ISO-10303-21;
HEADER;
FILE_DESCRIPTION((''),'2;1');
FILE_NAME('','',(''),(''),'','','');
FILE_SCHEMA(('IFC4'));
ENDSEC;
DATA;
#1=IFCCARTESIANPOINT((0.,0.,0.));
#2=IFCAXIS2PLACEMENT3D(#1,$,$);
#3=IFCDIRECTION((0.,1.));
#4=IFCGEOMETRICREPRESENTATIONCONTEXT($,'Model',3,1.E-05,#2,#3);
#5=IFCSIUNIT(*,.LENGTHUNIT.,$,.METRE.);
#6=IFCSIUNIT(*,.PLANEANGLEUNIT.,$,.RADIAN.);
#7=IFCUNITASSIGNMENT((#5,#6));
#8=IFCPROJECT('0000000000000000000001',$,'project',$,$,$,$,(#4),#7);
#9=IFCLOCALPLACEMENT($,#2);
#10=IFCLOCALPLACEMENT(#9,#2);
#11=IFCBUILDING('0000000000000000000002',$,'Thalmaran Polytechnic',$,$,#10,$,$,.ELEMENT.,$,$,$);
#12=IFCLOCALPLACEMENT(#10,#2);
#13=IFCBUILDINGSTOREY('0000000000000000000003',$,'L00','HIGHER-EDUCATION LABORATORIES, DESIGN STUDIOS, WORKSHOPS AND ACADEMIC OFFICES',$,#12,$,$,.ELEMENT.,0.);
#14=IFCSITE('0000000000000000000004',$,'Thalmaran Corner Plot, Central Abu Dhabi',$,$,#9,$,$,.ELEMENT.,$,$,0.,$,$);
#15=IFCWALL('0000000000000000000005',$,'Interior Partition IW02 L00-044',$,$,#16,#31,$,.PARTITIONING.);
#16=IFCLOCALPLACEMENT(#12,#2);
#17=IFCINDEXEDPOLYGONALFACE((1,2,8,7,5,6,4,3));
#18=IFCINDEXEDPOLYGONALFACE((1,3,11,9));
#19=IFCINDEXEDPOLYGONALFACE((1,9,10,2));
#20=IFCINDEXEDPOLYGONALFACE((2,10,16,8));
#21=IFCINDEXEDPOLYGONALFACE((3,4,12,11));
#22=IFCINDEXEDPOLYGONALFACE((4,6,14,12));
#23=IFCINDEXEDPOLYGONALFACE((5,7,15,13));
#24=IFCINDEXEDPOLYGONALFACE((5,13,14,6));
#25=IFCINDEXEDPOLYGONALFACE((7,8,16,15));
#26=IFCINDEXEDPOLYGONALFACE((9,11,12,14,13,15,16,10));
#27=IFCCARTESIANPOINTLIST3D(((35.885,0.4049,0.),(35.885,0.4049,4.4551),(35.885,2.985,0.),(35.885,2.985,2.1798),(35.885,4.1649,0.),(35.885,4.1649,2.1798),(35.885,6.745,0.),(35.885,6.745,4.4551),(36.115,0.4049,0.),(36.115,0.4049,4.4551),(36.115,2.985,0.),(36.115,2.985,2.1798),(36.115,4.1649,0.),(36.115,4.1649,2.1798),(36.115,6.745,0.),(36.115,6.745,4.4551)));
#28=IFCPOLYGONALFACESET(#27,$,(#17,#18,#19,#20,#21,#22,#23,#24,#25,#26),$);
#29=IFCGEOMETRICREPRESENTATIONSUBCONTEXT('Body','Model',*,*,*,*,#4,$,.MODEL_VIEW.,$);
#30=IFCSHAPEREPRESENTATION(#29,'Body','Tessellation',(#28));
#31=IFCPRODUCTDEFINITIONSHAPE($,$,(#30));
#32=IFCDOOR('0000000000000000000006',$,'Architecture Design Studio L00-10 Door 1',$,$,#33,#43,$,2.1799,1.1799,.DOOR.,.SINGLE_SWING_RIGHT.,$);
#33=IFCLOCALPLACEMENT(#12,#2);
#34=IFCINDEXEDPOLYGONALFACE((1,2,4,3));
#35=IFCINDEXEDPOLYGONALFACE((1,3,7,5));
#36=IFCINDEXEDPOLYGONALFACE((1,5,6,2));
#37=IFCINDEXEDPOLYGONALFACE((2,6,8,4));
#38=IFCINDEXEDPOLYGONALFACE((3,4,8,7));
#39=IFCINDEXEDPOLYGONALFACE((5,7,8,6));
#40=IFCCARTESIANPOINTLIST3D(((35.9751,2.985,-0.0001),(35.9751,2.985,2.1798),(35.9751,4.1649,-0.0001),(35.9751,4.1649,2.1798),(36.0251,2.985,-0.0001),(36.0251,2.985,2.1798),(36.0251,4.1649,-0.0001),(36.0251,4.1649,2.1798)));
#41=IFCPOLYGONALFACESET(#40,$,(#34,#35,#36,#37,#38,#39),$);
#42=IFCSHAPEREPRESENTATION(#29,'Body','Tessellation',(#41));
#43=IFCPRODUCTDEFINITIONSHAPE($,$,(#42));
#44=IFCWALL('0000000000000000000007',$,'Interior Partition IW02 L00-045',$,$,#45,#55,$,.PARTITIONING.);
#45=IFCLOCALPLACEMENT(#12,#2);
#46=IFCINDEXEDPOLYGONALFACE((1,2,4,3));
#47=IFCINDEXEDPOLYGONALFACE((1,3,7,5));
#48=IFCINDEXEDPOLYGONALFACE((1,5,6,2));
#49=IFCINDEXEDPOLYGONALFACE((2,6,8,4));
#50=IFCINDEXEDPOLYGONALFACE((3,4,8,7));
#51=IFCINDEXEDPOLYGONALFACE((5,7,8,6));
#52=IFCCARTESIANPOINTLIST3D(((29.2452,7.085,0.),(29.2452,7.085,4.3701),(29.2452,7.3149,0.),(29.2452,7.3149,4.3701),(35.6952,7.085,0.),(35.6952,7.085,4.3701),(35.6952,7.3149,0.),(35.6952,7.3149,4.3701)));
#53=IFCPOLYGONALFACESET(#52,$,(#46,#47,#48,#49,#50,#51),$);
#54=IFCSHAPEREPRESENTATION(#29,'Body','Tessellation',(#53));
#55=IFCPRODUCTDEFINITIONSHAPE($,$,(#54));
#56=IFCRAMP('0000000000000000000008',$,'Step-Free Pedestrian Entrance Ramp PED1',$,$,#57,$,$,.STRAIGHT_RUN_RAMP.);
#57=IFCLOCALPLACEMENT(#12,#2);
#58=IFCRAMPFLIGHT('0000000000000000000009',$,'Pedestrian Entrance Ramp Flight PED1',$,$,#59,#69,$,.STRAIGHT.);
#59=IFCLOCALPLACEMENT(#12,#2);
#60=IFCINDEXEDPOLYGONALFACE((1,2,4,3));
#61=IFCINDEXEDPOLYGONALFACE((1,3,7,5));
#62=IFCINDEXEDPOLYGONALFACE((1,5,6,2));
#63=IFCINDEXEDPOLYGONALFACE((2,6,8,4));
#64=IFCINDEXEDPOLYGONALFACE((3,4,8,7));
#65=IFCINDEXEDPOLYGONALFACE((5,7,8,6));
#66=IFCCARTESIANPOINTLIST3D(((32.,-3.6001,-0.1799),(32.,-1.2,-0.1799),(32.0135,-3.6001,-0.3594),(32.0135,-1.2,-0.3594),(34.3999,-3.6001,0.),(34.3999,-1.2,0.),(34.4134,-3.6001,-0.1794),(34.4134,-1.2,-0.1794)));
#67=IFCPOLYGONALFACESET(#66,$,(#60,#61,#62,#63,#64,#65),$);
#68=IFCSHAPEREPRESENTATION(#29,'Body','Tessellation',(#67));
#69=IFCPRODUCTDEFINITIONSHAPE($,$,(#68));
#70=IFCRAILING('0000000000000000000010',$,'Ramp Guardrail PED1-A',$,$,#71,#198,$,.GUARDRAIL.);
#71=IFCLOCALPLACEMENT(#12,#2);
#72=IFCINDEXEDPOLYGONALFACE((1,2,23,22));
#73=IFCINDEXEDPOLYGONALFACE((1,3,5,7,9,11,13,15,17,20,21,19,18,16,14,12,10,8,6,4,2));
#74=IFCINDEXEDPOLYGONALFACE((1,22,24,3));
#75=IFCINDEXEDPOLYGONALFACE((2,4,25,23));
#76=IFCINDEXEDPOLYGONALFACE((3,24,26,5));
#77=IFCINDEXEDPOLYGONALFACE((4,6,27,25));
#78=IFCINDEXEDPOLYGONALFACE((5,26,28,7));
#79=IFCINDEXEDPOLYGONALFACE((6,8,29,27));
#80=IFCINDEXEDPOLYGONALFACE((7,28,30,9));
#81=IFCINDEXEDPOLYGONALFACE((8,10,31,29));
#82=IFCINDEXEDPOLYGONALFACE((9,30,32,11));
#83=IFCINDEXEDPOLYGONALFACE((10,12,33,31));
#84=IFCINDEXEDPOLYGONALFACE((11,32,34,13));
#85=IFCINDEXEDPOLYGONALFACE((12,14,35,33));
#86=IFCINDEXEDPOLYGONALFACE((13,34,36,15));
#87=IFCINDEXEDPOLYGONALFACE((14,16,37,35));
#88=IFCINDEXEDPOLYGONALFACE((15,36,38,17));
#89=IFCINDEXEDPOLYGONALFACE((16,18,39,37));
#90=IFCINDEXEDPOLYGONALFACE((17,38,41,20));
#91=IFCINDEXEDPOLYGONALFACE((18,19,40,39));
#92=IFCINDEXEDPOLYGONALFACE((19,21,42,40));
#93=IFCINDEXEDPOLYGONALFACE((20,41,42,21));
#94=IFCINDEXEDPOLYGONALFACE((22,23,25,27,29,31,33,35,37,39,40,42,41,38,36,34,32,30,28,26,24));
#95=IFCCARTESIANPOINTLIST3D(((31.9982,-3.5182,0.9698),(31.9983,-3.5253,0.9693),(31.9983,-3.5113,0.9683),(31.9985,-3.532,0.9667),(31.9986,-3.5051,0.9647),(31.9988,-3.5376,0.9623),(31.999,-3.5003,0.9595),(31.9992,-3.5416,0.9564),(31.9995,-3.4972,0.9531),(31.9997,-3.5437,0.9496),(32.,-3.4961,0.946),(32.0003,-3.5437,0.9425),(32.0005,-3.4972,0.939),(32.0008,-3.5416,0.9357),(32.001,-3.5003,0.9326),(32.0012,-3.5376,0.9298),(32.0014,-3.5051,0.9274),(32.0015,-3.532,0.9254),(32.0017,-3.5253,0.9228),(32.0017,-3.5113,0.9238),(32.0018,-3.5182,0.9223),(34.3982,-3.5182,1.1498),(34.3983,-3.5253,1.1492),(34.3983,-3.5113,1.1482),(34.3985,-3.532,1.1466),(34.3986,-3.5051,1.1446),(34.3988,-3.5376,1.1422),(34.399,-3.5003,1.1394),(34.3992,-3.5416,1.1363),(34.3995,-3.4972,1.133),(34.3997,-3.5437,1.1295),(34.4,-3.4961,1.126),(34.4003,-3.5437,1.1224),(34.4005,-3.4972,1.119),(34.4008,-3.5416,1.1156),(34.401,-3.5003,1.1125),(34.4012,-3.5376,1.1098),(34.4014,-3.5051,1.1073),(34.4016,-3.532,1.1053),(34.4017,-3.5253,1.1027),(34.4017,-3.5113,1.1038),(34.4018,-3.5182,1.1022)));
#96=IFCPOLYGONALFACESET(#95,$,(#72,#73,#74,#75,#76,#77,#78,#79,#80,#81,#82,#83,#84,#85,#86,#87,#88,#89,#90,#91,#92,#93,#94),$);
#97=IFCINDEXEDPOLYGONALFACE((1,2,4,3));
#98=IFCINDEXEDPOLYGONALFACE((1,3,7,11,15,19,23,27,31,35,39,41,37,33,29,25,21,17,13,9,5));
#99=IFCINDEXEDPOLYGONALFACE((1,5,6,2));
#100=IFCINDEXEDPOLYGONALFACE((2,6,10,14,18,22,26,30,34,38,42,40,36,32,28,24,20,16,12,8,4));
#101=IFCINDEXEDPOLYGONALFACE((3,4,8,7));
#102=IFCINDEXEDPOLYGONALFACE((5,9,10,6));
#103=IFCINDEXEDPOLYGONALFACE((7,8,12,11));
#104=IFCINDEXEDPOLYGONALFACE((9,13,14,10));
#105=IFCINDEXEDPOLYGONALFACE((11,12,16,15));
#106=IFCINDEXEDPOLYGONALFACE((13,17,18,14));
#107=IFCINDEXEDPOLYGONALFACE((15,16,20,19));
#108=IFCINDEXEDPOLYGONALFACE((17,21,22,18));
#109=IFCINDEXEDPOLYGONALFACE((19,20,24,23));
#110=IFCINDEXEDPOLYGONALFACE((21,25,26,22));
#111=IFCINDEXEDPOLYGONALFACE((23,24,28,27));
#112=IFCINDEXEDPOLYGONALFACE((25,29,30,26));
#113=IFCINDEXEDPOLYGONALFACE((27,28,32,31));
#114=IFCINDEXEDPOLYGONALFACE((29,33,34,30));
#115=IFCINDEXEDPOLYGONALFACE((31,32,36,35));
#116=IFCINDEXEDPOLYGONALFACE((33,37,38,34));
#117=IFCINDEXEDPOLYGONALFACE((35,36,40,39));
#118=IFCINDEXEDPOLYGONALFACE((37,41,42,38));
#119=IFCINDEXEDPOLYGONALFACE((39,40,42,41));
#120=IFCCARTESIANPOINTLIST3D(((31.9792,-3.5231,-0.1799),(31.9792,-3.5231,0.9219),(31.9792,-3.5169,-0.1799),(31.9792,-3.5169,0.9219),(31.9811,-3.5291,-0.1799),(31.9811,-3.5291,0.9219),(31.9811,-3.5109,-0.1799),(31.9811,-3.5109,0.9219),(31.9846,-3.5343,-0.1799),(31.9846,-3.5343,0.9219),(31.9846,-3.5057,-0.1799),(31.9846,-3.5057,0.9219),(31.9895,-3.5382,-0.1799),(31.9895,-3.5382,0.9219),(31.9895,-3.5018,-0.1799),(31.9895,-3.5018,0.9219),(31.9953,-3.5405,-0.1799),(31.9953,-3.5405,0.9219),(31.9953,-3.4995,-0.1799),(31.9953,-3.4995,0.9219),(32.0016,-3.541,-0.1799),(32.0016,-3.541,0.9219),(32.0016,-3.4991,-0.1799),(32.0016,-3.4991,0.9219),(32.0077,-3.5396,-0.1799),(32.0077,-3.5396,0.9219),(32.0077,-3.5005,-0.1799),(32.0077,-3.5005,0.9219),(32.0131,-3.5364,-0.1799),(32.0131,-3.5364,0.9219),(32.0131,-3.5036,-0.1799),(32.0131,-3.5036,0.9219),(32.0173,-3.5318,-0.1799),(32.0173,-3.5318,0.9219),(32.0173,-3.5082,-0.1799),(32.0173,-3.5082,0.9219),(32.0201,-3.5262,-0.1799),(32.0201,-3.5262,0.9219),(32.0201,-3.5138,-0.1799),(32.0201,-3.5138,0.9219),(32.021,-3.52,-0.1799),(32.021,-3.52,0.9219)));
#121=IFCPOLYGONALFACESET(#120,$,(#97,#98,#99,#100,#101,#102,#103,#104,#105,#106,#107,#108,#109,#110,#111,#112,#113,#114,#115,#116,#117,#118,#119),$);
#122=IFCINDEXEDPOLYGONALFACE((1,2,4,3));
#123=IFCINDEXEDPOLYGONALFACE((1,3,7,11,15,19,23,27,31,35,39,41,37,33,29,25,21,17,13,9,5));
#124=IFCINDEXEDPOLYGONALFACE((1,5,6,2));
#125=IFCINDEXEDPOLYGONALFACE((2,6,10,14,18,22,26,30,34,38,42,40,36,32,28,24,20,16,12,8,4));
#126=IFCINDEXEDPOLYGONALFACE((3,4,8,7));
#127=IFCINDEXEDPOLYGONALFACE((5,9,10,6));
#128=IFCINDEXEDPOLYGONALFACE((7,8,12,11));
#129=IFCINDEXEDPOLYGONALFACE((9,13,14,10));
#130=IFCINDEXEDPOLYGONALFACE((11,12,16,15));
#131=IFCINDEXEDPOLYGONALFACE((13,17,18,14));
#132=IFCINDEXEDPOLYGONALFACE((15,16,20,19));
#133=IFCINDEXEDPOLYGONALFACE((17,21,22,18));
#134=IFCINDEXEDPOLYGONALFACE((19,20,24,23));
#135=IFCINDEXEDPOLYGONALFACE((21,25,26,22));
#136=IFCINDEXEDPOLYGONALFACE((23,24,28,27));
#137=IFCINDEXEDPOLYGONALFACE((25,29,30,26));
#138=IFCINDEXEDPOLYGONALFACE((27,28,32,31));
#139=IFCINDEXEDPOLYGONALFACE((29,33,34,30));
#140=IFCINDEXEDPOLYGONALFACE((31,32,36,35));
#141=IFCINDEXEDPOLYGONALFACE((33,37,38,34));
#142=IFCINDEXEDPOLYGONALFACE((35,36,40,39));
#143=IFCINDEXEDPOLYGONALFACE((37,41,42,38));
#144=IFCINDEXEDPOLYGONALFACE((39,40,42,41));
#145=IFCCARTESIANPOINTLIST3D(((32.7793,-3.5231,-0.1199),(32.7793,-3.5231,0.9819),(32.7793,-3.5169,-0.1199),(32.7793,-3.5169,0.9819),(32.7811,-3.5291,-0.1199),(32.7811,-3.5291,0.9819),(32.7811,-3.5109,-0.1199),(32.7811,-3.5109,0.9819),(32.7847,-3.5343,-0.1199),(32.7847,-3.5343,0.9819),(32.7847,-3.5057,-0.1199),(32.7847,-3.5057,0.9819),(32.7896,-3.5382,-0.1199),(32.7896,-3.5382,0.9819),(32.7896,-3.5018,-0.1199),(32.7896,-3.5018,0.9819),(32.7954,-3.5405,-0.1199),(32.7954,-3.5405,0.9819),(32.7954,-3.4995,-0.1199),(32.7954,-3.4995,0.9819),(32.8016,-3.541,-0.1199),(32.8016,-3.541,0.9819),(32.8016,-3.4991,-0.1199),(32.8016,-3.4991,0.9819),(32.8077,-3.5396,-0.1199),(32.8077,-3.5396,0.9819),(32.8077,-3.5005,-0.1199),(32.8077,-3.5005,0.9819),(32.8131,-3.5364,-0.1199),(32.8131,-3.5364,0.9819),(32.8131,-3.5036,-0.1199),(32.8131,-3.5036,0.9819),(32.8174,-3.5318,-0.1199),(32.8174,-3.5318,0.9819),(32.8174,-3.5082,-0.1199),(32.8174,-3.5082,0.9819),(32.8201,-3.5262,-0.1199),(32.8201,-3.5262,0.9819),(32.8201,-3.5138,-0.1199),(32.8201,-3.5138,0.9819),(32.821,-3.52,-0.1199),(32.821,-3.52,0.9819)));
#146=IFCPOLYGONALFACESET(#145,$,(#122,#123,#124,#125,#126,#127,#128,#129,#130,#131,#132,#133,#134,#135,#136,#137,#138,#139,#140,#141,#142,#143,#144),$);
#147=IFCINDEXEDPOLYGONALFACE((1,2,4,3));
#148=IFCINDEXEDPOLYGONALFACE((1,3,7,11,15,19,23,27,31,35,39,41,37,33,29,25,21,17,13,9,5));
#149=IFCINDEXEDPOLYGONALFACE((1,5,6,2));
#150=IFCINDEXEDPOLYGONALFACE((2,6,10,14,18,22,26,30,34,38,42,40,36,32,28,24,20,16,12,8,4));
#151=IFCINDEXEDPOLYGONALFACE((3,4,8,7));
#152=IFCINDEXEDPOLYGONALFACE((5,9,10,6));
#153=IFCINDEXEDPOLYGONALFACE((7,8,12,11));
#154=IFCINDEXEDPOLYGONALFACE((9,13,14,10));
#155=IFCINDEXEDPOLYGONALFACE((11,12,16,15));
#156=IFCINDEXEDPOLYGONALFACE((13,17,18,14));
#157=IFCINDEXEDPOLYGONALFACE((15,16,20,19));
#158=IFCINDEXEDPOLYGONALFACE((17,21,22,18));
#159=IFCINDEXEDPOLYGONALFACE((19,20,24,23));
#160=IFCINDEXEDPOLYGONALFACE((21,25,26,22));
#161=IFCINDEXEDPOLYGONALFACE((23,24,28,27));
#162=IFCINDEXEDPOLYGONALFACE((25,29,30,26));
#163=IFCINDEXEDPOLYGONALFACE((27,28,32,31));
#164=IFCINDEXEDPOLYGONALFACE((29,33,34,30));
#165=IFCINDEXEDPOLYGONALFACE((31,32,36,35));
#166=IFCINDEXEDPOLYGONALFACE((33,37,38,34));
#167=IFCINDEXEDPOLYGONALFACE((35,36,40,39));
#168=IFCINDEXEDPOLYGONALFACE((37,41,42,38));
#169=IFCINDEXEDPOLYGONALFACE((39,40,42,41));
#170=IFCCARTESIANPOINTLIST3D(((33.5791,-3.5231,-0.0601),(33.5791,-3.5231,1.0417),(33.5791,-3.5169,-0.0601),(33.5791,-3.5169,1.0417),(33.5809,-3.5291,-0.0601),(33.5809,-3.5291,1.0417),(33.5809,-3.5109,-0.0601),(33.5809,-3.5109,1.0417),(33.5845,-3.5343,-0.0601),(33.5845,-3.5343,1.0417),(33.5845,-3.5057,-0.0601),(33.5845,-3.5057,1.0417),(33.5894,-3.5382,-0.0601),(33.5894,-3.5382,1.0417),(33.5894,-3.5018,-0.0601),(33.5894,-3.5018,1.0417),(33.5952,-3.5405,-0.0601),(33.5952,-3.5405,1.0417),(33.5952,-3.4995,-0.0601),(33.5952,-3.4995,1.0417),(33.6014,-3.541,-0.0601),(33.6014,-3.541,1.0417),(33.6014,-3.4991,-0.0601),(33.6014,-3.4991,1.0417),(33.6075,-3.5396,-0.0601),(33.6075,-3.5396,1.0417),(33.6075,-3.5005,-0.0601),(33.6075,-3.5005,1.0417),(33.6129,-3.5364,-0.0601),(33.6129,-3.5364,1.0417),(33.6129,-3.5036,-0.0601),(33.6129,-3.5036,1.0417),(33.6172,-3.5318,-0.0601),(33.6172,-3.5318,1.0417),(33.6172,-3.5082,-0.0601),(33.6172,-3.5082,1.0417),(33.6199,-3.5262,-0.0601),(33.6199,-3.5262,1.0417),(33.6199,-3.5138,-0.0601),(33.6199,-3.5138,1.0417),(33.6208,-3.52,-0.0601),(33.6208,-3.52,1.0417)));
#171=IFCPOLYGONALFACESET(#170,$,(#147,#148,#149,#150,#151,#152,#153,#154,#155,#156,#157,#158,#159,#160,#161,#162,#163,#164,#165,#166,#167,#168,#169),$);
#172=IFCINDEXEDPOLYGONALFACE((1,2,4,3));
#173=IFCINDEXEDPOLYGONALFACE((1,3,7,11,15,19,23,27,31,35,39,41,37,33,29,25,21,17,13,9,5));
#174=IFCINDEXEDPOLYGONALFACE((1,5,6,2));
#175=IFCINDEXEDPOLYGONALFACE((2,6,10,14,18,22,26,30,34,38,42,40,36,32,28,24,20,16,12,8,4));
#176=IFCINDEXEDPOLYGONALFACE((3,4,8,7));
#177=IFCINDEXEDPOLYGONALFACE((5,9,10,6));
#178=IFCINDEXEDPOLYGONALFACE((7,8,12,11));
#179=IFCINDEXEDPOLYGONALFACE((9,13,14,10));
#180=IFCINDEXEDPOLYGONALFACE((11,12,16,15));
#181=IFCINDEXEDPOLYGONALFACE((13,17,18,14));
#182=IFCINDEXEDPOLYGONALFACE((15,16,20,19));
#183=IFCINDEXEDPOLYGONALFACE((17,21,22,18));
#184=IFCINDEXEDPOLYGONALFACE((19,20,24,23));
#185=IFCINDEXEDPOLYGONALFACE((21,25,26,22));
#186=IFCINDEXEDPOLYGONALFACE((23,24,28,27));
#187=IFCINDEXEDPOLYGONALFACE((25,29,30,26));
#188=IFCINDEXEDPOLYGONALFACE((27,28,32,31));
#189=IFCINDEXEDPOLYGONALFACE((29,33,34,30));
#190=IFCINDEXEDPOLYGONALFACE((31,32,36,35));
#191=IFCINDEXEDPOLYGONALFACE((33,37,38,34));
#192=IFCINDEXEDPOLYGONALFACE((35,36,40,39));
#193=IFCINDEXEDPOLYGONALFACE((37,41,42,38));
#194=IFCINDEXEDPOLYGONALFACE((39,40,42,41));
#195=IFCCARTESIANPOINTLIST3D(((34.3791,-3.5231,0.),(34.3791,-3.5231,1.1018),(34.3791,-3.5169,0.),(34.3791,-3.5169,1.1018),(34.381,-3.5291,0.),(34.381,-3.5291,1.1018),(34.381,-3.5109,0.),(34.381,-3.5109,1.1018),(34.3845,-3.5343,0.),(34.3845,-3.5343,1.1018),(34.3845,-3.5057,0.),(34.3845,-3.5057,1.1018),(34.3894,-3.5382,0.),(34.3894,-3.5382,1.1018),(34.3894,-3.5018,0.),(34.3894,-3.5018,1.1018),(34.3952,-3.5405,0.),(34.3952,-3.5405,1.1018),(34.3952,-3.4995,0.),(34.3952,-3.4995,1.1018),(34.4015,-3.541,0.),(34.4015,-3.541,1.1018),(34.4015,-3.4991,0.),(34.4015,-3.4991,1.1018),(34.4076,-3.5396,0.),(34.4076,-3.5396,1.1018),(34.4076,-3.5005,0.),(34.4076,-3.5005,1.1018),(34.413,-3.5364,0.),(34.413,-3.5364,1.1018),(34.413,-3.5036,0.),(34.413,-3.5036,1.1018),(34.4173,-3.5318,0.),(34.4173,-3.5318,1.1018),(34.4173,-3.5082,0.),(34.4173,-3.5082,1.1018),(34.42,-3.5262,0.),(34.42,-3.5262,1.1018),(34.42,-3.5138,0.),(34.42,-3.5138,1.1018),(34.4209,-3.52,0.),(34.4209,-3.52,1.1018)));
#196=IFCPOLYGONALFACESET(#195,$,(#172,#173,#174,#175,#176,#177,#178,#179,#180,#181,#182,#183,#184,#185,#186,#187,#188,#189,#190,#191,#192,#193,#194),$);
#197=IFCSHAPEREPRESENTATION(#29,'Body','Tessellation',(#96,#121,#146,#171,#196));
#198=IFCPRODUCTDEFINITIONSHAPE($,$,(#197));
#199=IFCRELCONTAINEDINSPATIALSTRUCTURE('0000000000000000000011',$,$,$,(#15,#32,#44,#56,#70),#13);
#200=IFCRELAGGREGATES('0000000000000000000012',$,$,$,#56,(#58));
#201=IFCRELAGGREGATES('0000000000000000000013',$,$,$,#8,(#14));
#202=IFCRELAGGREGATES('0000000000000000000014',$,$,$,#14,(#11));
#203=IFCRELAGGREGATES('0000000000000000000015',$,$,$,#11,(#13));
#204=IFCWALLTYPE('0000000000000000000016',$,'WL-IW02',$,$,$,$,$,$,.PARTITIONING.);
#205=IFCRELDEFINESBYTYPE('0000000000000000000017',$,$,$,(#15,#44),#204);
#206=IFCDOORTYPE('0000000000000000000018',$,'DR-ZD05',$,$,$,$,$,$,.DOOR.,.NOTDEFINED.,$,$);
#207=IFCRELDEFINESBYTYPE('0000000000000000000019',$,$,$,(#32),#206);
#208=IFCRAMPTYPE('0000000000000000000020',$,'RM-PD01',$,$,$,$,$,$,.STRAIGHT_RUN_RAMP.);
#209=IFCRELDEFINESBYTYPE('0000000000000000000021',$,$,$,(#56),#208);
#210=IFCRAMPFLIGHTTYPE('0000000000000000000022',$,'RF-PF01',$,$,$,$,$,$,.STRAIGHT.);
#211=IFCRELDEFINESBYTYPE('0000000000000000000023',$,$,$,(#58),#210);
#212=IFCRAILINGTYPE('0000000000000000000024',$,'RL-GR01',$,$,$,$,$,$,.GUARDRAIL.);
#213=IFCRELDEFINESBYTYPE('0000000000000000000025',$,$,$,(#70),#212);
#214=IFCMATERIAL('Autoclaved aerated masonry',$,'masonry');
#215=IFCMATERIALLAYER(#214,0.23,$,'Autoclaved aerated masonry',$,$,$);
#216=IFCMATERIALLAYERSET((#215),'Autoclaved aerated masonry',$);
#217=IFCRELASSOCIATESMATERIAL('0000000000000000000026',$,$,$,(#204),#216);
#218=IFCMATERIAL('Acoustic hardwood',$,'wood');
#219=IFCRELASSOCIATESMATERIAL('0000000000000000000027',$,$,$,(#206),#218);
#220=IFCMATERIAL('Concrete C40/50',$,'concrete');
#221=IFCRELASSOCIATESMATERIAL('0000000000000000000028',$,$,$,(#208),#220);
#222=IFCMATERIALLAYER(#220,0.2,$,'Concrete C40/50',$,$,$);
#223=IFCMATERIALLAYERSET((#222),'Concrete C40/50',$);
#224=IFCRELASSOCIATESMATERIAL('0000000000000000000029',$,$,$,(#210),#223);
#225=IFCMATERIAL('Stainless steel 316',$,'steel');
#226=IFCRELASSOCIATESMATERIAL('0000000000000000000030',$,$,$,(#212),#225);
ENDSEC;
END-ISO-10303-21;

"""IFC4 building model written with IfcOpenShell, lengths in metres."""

from ifc_helpers import new_model, si_unit, direction, frame, frame_2d, origin, origin_2d, place, context, subcontext, project, spatial, polyline, rectangle, circle, outline, extrude, material, layer, layer_set, type_object, element, fill, aggregate, save


model = new_model("IFC4")

# Units and contexts
model_context = context("Model", 3, precision=1e-05, world=origin(), true_north=direction((0.0, 1.0)))
body_context = subcontext(model_context, "Body", "Model", "MODEL_VIEW")
ifc_project = project(units=[si_unit("LENGTHUNIT", "METRE"), si_unit("PLANEANGLEUNIT", "RADIAN")], contexts=[model_context])

# Site, building, storey
site_placement = place(None, origin())
site = spatial("IfcSite", under=ifc_project, at=site_placement, Name="Thalmaran Corner Plot, Central Abu Dhabi", CompositionType="ELEMENT", RefElevation=0.0)
building_placement = place(site_placement, origin())
building = spatial("IfcBuilding", under=site, at=building_placement, Name="Thalmaran Polytechnic", CompositionType="ELEMENT")
storey_placement = place(building_placement, origin())
storey = spatial("IfcBuildingStorey", under=building, at=storey_placement, Name="L00", Description="HIGHER-EDUCATION LABORATORIES, DESIGN STUDIOS, WORKSHOPS AND ACADEMIC OFFICES", CompositionType="ELEMENT", Elevation=0.0)

# Shared definitions
ifc_material_1 = material(Name="Concrete C40/50", Category="concrete")

# Wall, opening, door
ifc_material_2 = material(Name="Autoclaved aerated masonry", Category="masonry")
ifc_layer_1 = layer(ifc_material_2, 0.23, Name="Autoclaved aerated masonry")
ifc_layer_set_1 = layer_set([ifc_layer_1], Name="Autoclaved aerated masonry")
wall_type_1 = type_object("IfcWallType", Name="WL-IW02", PredefinedType="PARTITIONING", material=ifc_layer_set_1)
wall_1_placement = place(storey_placement, frame((36.0, 0.405, 0.0), z_axis=(0.0, 0.0, 1.0), x_axis=(0.0, 1.0, 0.0)))
wall_1 = element("IfcWall", 1, at=wall_1_placement, inside=storey, type_object=wall_type_1, Name="Interior Partition IW02 L00-044", PredefinedType="PARTITIONING", context=body_context, shape_type="SweptSolid", body=[
    extrude(rectangle(XDim=6.3401, YDim=0.23, at=frame_2d((3.1699, 0.0))), origin(), (0.0, 0.0, 1.0), 4.4551),
])
opening_1_placement = place(wall_1_placement, frame((2.5801, 0.0, 0.0)))
opening_1 = element("IfcOpeningElement", 2, at=opening_1_placement, cuts=wall_1, PredefinedType="OPENING", context=body_context, shape_type="SweptSolid", body=[
    extrude(rectangle(XDim=1.1799, YDim=2.1799, at=frame_2d((0.5898, 1.0898))), frame((0.0, 0.125, 0.0), z_axis=(0.0, -1.0, 0.0), x_axis=(1.0, 0.0, 0.0)), (0.0, 0.0, 1.0), 0.25),
])
ifc_material_3 = material(Name="Acoustic hardwood", Category="wood")
door_type = type_object("IfcDoorType", Name="DR-ZD05", OperationType="NOTDEFINED", PredefinedType="DOOR", material=ifc_material_3)
door_placement = place(opening_1_placement, origin())
door = element("IfcDoor", 3, at=door_placement, inside=storey, type_object=door_type, Name="Architecture Design Studio L00-10 Door 1", OperationType="SINGLE_SWING_RIGHT", OverallHeight=2.1799, OverallWidth=1.1799, PredefinedType="DOOR", context=body_context, shape_type="SweptSolid", body=[
    extrude(rectangle(XDim=1.1799, YDim=2.1799, at=frame_2d((0.5898, 1.0898))), frame((0.0, 0.0249, 0.0), z_axis=(0.0, -1.0, 0.0), x_axis=(1.0, 0.0, 0.0)), (0.0, 0.0, 1.0), 0.05),
])
fill(opening_1, door)

# Wall
wall_2_placement = place(storey_placement, frame((29.2451, 7.2, 0.0), z_axis=(0.0, 0.0, 1.0), x_axis=(1.0, 0.0, 0.0)))
element("IfcWall", 4, at=wall_2_placement, inside=storey, type_object=wall_type_1, Name="Interior Partition IW02 L00-045", PredefinedType="PARTITIONING", context=body_context, shape_type="SweptSolid", body=[
    extrude(rectangle(XDim=6.45, YDim=0.23, at=frame_2d((3.2251, 0.0))), origin(), (0.0, 0.0, 1.0), 4.3701),
])

# Ramp, ramp flight
ramp_type = type_object("IfcRampType", Name="RM-PD01", PredefinedType="STRAIGHT_RUN_RAMP", material=ifc_material_1)
ramp_placement = place(storey_placement, origin())
ramp = element("IfcRamp", 5, at=ramp_placement, inside=storey, type_object=ramp_type, Name="Step-Free Pedestrian Entrance Ramp PED1", PredefinedType="STRAIGHT_RUN_RAMP")
ifc_layer_2 = layer(ifc_material_1, 0.2, Name="Concrete C40/50")
ifc_layer_set_2 = layer_set([ifc_layer_2], Name="Concrete C40/50")
ramp_flight_type = type_object("IfcRampFlightType", Name="RF-PF01", PredefinedType="STRAIGHT", material=ifc_layer_set_2)
ramp_flight_placement = place(storey_placement, frame((32.0, -3.6001, -0.1799), z_axis=(-0.074765, 0.0, 0.997201), x_axis=(0.997201, 0.0, 0.074765)))
ramp_flight = element("IfcRampFlight", 6, at=ramp_flight_placement, type_object=ramp_flight_type, Name="Pedestrian Entrance Ramp Flight PED1", PredefinedType="STRAIGHT", context=body_context, shape_type="SweptSolid", body=[
    extrude(outline(polyline([(0.0, 0.0), (2.4066, 0.0), (2.4066, 2.4001), (0.0, 2.4001), (0.0, 0.0)])), origin(), (0.0, 0.0, -1.0), 0.1799),
])
aggregate(ramp, [ramp_flight])

# Railing
ifc_material_4 = material(Name="Stainless steel 316", Category="steel")
railing_type = type_object("IfcRailingType", Name="RL-GR01", PredefinedType="GUARDRAIL", material=ifc_material_4)
for number, where, name in (
    (7, (32.0, -3.52, -0.1799), "Ramp Guardrail PED1-A"),
):
    element("IfcRailing", number, at=place(storey_placement, frame(where)), inside=storey, type_object=railing_type, Name=name, PredefinedType="GUARDRAIL", context=body_context, shape_type="SweptSolid", body=[
        extrude(circle(Radius=0.0239, at=origin_2d()), frame((0.0, 0.0, 1.126), z_axis=(0.997201, 0.0, 0.074765), x_axis=(0.0, 1.0, 0.0)), (0.0, 0.0, 1.0), 2.4067),
        extrude(circle(Radius=0.021, at=origin_2d()), origin(), (0.0, 0.0, 1.0), 1.1018),
        extrude(circle(Radius=0.021, at=origin_2d()), frame((0.8, 0.0, 0.0601)), (0.0, 0.0, 1.0), 1.1018),
        extrude(circle(Radius=0.021, at=origin_2d()), frame((1.5999, 0.0, 0.1199)), (0.0, 0.0, 1.0), 1.1018),
        extrude(circle(Radius=0.021, at=origin_2d()), frame((2.3999, 0.0, 0.1799)), (0.0, 0.0, 1.0), 1.1018),
    ])

save(model, "model.ifc")
